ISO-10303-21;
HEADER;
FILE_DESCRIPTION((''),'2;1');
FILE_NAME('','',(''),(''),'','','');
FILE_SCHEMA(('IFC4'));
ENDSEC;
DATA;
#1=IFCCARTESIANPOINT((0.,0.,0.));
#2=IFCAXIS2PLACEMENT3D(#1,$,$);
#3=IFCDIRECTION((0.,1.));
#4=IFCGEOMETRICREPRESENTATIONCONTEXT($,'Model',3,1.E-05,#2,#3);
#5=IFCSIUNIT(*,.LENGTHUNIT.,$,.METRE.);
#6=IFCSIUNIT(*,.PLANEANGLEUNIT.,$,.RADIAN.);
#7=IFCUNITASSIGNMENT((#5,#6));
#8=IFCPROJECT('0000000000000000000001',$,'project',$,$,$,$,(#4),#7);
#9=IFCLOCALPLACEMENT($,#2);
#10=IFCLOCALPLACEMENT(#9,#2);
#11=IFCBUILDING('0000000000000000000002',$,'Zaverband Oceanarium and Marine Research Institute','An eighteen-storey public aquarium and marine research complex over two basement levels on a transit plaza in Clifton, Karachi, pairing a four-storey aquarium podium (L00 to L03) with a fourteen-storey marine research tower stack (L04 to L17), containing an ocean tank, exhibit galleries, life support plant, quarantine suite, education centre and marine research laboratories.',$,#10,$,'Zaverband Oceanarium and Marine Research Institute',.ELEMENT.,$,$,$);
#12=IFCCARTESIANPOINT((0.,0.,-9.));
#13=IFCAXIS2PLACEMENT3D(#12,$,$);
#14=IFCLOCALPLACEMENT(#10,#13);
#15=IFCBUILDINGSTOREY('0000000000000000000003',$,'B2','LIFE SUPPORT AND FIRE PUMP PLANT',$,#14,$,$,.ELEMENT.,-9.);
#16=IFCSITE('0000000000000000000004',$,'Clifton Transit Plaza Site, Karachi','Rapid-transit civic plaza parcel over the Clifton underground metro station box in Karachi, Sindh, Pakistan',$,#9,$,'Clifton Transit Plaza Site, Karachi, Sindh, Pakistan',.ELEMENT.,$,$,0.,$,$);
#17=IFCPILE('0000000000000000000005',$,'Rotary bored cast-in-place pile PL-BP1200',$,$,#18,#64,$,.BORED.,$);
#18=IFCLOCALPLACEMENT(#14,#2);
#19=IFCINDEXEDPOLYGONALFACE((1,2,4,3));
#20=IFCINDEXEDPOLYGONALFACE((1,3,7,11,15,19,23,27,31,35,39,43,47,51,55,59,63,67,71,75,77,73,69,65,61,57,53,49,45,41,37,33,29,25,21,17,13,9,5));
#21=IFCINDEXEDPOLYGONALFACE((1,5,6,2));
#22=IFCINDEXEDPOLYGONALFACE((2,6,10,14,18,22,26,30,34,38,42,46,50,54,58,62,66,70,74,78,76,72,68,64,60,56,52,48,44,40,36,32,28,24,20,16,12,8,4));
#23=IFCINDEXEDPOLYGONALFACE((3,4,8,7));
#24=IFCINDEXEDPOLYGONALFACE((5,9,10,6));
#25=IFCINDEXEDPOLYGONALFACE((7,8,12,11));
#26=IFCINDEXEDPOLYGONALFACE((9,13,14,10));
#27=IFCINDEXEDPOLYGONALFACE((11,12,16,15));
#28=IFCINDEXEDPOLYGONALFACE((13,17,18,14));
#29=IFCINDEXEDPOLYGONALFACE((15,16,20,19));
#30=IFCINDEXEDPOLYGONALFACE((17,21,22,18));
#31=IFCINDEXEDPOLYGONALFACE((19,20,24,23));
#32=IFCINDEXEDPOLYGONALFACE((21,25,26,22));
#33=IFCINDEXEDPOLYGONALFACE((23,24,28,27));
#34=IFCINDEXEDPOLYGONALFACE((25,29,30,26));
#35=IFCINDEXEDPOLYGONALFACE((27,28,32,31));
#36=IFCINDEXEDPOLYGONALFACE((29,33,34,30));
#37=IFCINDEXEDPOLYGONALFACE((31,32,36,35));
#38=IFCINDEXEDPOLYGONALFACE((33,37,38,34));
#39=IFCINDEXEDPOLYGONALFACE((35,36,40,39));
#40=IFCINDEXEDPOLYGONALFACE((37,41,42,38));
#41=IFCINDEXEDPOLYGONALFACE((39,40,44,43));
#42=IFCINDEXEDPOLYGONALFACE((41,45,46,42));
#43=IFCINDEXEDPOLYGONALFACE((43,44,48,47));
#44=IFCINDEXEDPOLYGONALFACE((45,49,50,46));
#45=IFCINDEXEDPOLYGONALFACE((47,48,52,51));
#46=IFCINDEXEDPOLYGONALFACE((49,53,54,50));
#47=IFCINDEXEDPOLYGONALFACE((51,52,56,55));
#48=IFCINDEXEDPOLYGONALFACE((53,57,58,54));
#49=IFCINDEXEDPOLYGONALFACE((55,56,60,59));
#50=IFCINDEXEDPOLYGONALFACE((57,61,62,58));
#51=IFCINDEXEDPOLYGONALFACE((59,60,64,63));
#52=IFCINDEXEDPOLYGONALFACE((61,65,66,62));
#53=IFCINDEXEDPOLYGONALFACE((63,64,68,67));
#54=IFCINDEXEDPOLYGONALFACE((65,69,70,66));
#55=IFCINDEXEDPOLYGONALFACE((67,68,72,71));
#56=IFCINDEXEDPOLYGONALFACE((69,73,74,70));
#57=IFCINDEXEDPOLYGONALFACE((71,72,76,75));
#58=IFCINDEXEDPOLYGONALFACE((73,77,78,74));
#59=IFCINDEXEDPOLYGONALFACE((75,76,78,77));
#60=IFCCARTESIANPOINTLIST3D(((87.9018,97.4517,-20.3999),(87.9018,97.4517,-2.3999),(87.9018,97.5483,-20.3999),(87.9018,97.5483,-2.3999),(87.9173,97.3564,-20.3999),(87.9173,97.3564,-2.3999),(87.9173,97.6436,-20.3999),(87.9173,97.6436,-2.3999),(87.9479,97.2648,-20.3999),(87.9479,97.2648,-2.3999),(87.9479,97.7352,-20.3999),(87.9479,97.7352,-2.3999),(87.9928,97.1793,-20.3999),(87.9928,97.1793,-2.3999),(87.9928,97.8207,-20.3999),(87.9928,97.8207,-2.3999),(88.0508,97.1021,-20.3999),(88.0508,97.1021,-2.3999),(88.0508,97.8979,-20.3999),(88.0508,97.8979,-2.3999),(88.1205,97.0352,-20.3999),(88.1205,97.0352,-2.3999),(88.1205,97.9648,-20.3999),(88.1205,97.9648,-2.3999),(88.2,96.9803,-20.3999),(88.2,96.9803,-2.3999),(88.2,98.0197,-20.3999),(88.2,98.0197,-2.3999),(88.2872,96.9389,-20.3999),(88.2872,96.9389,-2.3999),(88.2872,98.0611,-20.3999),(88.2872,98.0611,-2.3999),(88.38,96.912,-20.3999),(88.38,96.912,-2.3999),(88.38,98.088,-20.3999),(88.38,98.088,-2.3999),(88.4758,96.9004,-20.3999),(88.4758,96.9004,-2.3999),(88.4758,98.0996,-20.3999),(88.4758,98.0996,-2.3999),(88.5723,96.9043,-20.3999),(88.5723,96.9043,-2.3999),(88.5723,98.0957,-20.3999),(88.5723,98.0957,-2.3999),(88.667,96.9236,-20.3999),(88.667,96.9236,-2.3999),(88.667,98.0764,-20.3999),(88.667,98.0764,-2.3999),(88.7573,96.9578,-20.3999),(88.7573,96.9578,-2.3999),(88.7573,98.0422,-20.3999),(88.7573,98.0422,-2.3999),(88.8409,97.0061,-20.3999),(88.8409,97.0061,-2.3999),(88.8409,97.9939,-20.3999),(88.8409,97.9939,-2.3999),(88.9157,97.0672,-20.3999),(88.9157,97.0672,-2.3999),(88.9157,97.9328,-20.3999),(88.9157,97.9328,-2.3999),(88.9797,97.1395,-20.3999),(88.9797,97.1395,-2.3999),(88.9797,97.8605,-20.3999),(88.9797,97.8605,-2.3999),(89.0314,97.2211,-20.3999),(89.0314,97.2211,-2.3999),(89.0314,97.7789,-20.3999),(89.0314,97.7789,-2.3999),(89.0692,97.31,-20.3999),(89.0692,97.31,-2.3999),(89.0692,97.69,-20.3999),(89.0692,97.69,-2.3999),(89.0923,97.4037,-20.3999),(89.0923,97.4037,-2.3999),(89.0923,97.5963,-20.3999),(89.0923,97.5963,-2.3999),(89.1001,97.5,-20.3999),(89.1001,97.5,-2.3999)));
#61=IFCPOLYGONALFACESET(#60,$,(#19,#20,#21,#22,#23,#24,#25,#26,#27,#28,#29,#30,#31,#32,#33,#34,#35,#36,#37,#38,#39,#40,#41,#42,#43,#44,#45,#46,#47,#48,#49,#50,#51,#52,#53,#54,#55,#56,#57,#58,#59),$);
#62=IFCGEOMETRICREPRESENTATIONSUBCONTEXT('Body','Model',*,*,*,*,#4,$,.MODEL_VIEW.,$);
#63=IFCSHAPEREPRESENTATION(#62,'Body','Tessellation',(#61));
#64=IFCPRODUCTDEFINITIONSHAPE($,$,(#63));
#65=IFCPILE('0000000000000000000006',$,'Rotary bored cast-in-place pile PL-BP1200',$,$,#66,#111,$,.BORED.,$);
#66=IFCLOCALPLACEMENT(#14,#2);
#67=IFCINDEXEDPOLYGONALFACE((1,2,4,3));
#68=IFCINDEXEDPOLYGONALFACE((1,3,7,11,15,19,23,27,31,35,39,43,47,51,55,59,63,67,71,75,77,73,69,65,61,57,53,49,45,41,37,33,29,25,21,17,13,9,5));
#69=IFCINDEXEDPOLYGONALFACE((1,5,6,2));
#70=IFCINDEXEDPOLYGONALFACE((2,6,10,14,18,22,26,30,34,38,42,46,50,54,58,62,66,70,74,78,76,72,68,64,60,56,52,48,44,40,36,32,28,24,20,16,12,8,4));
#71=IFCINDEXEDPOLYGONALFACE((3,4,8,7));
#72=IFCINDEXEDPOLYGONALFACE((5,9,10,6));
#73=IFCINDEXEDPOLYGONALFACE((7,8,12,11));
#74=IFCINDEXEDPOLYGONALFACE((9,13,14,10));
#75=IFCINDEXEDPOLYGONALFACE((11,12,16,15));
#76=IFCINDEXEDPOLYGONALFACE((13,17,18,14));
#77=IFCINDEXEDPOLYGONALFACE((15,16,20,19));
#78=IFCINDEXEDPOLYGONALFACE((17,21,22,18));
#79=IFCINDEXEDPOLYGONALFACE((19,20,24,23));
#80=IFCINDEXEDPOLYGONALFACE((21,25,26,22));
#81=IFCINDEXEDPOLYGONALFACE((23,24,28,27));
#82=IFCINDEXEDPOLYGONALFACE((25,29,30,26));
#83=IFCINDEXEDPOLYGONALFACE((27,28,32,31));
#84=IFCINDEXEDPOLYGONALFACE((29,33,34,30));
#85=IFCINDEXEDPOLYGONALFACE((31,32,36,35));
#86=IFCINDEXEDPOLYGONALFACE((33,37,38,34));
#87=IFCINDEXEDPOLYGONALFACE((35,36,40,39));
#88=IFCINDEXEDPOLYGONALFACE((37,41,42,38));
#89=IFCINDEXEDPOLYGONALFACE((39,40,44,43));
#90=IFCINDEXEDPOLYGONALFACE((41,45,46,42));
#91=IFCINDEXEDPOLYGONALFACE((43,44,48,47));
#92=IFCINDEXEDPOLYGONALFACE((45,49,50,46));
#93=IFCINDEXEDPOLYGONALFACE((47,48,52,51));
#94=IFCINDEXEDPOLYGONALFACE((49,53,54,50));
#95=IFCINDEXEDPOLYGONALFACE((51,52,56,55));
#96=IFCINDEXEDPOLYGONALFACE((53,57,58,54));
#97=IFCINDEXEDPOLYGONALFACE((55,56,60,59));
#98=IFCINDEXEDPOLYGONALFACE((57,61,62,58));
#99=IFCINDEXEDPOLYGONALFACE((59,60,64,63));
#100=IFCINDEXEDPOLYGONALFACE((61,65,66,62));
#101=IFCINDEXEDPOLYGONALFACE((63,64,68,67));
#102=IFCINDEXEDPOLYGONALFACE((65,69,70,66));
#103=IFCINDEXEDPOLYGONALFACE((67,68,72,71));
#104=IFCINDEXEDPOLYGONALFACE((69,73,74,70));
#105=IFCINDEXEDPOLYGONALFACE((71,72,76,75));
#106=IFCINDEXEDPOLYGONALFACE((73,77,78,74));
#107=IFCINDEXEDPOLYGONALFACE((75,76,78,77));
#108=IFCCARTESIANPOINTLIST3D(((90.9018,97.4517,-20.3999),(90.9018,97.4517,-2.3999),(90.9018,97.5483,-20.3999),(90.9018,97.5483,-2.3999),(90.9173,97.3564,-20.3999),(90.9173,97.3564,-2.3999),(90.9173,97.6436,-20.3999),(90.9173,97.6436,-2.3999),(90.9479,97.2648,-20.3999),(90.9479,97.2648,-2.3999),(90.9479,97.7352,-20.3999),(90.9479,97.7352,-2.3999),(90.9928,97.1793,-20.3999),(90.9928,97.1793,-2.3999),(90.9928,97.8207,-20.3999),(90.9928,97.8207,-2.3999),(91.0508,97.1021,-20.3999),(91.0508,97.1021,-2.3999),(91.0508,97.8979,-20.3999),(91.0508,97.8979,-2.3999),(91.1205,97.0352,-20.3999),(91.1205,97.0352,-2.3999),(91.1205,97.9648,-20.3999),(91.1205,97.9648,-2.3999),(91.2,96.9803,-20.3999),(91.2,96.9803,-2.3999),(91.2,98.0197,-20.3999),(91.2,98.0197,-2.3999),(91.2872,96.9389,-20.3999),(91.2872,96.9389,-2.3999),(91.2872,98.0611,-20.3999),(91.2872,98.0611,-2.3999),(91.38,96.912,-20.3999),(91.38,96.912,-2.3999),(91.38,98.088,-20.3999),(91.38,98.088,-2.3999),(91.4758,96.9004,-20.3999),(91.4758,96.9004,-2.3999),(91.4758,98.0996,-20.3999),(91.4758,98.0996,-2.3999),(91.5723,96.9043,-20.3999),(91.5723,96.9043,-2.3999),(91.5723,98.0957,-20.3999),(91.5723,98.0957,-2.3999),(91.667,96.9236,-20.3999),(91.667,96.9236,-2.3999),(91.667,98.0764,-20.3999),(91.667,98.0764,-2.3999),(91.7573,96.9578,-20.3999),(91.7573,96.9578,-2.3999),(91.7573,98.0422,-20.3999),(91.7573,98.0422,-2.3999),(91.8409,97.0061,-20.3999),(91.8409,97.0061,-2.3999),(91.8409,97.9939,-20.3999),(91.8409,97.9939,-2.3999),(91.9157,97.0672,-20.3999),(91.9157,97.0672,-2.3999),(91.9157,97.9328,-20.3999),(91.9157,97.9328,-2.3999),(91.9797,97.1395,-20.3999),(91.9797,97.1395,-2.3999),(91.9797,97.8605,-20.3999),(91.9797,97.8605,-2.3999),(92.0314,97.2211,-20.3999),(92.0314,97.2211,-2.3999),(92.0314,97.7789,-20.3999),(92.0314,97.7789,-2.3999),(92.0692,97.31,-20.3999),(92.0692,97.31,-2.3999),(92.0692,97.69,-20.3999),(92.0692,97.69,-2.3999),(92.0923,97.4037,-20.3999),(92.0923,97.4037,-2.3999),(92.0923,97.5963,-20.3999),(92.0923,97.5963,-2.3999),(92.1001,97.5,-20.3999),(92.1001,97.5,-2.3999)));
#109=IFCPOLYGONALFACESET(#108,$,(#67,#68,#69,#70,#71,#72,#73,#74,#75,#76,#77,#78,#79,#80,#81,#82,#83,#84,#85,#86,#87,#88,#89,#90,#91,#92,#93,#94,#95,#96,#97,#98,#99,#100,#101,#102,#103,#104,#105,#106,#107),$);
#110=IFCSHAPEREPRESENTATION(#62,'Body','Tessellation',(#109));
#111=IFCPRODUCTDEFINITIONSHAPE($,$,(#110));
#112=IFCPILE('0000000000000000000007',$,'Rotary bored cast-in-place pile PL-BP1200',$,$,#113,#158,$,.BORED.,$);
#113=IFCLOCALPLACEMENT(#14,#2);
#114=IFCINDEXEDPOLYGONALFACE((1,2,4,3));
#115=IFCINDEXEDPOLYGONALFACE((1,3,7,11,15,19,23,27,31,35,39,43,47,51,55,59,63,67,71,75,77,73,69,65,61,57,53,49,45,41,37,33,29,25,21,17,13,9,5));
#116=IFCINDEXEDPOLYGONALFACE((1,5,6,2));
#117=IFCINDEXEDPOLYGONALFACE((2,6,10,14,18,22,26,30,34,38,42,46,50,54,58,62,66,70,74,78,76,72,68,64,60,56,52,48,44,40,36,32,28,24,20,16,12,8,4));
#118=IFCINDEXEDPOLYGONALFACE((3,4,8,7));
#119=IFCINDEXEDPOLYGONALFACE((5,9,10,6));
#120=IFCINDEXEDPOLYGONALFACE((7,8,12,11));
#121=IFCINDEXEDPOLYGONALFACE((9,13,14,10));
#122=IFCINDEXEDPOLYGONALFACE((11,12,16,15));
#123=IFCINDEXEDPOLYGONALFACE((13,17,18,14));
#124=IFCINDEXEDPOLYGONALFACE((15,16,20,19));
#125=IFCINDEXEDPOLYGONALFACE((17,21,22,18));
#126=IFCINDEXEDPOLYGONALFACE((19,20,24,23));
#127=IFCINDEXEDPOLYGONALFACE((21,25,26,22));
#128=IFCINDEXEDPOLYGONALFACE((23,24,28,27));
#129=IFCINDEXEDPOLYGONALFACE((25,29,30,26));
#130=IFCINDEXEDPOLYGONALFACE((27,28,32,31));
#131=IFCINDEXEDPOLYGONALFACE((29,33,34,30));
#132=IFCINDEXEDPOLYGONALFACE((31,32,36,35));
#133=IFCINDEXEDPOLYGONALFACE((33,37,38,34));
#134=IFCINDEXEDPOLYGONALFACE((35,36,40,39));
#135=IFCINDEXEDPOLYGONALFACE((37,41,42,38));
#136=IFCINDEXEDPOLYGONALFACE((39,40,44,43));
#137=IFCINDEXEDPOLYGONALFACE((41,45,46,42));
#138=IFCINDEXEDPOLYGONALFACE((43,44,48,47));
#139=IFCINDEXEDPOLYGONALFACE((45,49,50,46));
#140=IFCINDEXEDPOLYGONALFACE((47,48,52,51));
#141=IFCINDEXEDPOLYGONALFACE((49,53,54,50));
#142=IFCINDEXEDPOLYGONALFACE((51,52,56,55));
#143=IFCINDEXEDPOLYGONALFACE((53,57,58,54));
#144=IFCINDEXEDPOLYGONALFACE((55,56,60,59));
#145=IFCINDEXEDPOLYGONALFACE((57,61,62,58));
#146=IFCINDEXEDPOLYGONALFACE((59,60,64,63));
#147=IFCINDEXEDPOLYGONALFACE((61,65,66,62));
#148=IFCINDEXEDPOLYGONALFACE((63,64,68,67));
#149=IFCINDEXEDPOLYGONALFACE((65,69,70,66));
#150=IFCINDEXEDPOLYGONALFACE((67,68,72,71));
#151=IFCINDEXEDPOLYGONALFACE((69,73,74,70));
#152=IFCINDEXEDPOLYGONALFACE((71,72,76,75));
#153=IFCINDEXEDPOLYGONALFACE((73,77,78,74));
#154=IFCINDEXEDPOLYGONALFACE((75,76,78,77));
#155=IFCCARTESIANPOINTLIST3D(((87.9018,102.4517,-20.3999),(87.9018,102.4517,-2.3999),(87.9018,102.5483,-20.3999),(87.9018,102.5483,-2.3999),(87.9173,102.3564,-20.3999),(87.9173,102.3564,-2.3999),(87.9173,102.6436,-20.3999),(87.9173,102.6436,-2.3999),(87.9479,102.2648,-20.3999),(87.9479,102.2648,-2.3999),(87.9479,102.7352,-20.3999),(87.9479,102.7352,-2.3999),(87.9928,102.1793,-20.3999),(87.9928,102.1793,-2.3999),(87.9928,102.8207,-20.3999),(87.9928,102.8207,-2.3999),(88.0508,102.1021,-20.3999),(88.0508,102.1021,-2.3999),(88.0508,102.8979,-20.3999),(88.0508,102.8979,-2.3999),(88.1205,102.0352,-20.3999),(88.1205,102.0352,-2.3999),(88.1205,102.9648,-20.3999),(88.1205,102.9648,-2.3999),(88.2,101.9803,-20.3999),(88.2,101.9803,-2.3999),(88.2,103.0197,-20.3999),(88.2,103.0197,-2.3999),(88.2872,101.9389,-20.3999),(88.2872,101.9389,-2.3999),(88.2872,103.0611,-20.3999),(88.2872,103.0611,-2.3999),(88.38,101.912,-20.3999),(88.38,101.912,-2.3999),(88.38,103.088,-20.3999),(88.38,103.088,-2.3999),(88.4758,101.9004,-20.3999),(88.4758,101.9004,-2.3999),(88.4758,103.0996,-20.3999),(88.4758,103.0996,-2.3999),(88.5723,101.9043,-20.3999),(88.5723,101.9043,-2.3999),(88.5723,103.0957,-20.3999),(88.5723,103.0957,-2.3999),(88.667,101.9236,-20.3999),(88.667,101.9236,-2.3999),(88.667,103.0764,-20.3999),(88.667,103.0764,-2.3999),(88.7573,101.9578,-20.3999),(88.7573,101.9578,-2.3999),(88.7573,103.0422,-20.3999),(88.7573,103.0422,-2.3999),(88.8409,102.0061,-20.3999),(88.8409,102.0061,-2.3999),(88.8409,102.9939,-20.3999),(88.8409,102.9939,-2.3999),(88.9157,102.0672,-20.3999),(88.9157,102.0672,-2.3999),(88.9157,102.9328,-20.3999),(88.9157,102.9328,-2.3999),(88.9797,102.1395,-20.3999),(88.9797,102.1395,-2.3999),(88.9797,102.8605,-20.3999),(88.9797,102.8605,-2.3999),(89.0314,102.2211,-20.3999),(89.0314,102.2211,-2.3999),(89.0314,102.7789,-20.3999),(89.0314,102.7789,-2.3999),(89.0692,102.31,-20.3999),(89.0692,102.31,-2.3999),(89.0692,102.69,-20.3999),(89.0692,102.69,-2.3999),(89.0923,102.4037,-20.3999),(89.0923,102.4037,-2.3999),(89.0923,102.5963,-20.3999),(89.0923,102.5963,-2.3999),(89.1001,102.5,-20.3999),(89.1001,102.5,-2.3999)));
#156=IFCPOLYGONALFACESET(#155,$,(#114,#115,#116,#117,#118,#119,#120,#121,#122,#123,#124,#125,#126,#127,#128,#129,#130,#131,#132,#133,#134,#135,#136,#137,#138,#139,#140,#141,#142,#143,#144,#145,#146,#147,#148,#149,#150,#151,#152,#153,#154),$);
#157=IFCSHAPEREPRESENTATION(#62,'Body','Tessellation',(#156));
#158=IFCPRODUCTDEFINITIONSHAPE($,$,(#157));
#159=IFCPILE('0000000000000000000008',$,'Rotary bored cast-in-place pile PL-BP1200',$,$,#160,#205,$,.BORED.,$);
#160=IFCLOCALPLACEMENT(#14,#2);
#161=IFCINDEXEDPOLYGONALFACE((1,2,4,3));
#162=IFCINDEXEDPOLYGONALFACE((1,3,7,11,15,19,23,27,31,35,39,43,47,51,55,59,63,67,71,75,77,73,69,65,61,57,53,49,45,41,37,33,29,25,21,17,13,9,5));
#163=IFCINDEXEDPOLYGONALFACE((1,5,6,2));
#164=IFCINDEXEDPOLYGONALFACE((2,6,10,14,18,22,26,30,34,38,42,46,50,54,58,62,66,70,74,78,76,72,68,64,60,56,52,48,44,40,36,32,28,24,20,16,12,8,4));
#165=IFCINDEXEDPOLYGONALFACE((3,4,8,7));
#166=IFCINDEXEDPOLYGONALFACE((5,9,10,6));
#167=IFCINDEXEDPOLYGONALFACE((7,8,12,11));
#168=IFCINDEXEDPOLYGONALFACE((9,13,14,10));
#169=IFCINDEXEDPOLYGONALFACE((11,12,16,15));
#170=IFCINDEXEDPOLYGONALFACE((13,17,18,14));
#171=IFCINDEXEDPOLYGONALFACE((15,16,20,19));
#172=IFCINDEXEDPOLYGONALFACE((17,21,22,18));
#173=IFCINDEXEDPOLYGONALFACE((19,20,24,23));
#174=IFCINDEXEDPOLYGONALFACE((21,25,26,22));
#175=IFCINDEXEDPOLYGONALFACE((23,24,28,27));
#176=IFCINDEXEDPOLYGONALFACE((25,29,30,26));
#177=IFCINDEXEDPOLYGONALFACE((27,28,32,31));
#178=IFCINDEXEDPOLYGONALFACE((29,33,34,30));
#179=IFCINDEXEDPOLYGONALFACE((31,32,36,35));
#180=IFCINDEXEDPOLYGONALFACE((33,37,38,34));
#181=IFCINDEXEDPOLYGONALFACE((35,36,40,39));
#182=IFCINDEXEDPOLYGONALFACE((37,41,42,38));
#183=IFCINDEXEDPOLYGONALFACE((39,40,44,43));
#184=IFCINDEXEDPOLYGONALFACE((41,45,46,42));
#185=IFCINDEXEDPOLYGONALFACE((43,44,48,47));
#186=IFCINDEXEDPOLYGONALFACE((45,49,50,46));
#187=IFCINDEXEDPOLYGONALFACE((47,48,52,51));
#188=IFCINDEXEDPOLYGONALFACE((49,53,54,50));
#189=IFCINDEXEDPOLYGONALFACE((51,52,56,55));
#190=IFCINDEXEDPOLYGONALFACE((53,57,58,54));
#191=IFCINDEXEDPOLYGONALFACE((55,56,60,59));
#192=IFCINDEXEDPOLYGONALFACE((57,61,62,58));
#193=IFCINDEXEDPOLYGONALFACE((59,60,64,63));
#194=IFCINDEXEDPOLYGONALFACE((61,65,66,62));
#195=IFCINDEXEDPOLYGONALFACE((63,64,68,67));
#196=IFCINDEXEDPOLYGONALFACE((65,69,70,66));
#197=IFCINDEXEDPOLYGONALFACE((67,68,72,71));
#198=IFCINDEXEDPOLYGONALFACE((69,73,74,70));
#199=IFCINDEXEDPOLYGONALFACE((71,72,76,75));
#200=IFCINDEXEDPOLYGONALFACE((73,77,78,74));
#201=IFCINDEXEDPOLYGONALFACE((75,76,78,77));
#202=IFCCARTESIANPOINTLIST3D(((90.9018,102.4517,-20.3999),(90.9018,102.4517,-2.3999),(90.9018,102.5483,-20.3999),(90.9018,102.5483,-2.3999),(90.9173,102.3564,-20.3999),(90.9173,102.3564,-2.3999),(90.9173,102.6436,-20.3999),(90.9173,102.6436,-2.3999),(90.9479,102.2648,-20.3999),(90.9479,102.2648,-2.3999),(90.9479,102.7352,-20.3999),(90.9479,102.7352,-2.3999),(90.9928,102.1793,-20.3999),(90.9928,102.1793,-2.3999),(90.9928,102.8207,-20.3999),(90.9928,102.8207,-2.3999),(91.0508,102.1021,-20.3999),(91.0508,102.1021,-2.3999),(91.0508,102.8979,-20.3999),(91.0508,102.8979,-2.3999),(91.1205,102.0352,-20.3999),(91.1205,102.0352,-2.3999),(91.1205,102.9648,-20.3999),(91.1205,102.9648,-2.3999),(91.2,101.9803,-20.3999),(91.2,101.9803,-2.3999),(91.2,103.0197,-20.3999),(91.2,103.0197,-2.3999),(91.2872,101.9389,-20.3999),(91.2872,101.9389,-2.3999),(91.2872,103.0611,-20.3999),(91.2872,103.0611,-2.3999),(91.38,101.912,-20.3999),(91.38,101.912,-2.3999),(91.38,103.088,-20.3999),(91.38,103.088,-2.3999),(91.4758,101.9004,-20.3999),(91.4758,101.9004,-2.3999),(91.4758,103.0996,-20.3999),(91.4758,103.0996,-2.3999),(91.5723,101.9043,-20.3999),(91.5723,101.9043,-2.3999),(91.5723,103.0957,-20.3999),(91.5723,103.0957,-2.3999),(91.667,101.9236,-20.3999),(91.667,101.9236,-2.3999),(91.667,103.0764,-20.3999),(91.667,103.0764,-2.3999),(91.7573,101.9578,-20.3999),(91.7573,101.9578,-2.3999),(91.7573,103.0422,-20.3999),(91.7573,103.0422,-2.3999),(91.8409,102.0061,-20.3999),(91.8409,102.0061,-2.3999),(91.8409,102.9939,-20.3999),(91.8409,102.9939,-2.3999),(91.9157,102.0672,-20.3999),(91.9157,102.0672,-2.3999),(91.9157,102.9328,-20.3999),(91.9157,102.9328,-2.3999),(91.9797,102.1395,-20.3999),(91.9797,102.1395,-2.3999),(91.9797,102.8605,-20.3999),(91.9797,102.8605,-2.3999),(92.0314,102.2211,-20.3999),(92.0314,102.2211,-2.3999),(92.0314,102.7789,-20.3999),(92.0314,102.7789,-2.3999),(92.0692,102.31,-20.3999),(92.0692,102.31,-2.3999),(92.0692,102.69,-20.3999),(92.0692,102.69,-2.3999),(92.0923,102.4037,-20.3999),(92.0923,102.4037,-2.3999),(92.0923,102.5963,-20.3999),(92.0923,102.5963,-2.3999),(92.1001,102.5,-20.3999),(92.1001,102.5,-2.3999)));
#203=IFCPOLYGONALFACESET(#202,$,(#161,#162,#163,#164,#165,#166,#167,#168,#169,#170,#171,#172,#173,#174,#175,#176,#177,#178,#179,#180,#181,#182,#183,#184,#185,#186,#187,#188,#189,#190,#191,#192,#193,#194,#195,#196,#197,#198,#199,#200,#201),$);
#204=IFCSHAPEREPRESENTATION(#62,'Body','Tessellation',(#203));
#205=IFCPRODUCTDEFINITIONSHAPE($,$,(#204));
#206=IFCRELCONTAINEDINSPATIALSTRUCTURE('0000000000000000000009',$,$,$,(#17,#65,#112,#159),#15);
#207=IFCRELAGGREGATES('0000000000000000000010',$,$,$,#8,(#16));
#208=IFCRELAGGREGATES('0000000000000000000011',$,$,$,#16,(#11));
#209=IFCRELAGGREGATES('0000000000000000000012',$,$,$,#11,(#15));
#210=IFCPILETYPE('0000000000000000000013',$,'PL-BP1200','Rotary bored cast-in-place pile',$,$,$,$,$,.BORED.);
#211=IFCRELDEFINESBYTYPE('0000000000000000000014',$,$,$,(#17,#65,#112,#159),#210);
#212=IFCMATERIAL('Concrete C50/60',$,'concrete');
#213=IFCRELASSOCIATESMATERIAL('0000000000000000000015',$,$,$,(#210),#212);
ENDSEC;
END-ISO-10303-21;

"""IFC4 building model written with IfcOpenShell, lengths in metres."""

from ifc_helpers import new_model, si_unit, direction, frame, origin, origin_2d, place, context, subcontext, project, spatial, circle, extrude, material, material_profile, profile_set, type_object, element, save


model = new_model("IFC4")

# Units and contexts
model_context = context("Model", 3, precision=1e-05, world=origin(), true_north=direction((0.0, 1.0)))
body_context = subcontext(model_context, "Body", "Model", "MODEL_VIEW")
ifc_project = project(units=[si_unit("LENGTHUNIT", "METRE"), si_unit("PLANEANGLEUNIT", "RADIAN")], contexts=[model_context])

# Site, building, storey
site_placement = place(None, origin())
site = spatial("IfcSite", under=ifc_project, at=site_placement, Name="Clifton Transit Plaza Site, Karachi", Description="Rapid-transit civic plaza parcel over the Clifton underground metro station box in Karachi, Sindh, Pakistan", LongName="Clifton Transit Plaza Site, Karachi, Sindh, Pakistan", CompositionType="ELEMENT", RefElevation=0.0)
building_placement = place(site_placement, origin())
building = spatial("IfcBuilding", under=site, at=building_placement, Name="Zaverband Oceanarium and Marine Research Institute", Description="An eighteen-storey public aquarium and marine research complex over two basement levels on a transit plaza in Clifton, Karachi, pairing a four-storey aquarium podium (L00 to L03) with a fourteen-storey marine research tower stack (L04 to L17), containing an ocean tank, exhibit galleries, life support plant, quarantine suite, education centre and marine research laboratories.", LongName="Zaverband Oceanarium and Marine Research Institute", CompositionType="ELEMENT")
storey_placement = place(building_placement, frame((0.0, 0.0, -9.0)))
storey = spatial("IfcBuildingStorey", under=building, at=storey_placement, Name="B2", Description="LIFE SUPPORT AND FIRE PUMP PLANT", CompositionType="ELEMENT", Elevation=-9.0)

# Shared definitions
ifc_material_1 = material(Name="Concrete C50/60", Category="concrete")

# Piles
ifc_material_profile_1 = material_profile(ifc_material_1, circle(Radius=0.6001, at=origin_2d()), Name="BP1200")
ifc_profile_set_1 = profile_set([ifc_material_profile_1], Name="Concrete C50/60")
pile_type = type_object("IfcPileType", Name="PL-BP1200", Description="Rotary bored cast-in-place pile", PredefinedType="BORED", material=ifc_profile_set_1)
for number, where, z_axis, x_axis, name in (
    (1, (88.5, 97.5, -2.3999), (0.0, 0.0, -1.0), (1.0, 0.0, 0.0), "Rotary bored cast-in-place pile PL-BP1200"),
    (2, (91.5, 97.5, -2.3999), (0.0, 0.0, -1.0), (1.0, 0.0, 0.0), "Rotary bored cast-in-place pile PL-BP1200"),
    (3, (88.5, 102.5, -2.3999), (0.0, 0.0, -1.0), (1.0, 0.0, 0.0), "Rotary bored cast-in-place pile PL-BP1200"),
    (4, (91.5, 102.5, -2.3999), (0.0, 0.0, -1.0), (1.0, 0.0, 0.0), "Rotary bored cast-in-place pile PL-BP1200"),
):
    element("IfcPile", number, at=place(storey_placement, frame(where, z_axis=z_axis, x_axis=x_axis)), inside=storey, type_object=pile_type, Name=name, PredefinedType="BORED", context=body_context, shape_type="SweptSolid", body=[
        extrude(circle(Radius=0.6001, at=origin_2d()), origin(), (0.0, 0.0, 1.0), 18.0),
    ])

save(model, "model.ifc")
